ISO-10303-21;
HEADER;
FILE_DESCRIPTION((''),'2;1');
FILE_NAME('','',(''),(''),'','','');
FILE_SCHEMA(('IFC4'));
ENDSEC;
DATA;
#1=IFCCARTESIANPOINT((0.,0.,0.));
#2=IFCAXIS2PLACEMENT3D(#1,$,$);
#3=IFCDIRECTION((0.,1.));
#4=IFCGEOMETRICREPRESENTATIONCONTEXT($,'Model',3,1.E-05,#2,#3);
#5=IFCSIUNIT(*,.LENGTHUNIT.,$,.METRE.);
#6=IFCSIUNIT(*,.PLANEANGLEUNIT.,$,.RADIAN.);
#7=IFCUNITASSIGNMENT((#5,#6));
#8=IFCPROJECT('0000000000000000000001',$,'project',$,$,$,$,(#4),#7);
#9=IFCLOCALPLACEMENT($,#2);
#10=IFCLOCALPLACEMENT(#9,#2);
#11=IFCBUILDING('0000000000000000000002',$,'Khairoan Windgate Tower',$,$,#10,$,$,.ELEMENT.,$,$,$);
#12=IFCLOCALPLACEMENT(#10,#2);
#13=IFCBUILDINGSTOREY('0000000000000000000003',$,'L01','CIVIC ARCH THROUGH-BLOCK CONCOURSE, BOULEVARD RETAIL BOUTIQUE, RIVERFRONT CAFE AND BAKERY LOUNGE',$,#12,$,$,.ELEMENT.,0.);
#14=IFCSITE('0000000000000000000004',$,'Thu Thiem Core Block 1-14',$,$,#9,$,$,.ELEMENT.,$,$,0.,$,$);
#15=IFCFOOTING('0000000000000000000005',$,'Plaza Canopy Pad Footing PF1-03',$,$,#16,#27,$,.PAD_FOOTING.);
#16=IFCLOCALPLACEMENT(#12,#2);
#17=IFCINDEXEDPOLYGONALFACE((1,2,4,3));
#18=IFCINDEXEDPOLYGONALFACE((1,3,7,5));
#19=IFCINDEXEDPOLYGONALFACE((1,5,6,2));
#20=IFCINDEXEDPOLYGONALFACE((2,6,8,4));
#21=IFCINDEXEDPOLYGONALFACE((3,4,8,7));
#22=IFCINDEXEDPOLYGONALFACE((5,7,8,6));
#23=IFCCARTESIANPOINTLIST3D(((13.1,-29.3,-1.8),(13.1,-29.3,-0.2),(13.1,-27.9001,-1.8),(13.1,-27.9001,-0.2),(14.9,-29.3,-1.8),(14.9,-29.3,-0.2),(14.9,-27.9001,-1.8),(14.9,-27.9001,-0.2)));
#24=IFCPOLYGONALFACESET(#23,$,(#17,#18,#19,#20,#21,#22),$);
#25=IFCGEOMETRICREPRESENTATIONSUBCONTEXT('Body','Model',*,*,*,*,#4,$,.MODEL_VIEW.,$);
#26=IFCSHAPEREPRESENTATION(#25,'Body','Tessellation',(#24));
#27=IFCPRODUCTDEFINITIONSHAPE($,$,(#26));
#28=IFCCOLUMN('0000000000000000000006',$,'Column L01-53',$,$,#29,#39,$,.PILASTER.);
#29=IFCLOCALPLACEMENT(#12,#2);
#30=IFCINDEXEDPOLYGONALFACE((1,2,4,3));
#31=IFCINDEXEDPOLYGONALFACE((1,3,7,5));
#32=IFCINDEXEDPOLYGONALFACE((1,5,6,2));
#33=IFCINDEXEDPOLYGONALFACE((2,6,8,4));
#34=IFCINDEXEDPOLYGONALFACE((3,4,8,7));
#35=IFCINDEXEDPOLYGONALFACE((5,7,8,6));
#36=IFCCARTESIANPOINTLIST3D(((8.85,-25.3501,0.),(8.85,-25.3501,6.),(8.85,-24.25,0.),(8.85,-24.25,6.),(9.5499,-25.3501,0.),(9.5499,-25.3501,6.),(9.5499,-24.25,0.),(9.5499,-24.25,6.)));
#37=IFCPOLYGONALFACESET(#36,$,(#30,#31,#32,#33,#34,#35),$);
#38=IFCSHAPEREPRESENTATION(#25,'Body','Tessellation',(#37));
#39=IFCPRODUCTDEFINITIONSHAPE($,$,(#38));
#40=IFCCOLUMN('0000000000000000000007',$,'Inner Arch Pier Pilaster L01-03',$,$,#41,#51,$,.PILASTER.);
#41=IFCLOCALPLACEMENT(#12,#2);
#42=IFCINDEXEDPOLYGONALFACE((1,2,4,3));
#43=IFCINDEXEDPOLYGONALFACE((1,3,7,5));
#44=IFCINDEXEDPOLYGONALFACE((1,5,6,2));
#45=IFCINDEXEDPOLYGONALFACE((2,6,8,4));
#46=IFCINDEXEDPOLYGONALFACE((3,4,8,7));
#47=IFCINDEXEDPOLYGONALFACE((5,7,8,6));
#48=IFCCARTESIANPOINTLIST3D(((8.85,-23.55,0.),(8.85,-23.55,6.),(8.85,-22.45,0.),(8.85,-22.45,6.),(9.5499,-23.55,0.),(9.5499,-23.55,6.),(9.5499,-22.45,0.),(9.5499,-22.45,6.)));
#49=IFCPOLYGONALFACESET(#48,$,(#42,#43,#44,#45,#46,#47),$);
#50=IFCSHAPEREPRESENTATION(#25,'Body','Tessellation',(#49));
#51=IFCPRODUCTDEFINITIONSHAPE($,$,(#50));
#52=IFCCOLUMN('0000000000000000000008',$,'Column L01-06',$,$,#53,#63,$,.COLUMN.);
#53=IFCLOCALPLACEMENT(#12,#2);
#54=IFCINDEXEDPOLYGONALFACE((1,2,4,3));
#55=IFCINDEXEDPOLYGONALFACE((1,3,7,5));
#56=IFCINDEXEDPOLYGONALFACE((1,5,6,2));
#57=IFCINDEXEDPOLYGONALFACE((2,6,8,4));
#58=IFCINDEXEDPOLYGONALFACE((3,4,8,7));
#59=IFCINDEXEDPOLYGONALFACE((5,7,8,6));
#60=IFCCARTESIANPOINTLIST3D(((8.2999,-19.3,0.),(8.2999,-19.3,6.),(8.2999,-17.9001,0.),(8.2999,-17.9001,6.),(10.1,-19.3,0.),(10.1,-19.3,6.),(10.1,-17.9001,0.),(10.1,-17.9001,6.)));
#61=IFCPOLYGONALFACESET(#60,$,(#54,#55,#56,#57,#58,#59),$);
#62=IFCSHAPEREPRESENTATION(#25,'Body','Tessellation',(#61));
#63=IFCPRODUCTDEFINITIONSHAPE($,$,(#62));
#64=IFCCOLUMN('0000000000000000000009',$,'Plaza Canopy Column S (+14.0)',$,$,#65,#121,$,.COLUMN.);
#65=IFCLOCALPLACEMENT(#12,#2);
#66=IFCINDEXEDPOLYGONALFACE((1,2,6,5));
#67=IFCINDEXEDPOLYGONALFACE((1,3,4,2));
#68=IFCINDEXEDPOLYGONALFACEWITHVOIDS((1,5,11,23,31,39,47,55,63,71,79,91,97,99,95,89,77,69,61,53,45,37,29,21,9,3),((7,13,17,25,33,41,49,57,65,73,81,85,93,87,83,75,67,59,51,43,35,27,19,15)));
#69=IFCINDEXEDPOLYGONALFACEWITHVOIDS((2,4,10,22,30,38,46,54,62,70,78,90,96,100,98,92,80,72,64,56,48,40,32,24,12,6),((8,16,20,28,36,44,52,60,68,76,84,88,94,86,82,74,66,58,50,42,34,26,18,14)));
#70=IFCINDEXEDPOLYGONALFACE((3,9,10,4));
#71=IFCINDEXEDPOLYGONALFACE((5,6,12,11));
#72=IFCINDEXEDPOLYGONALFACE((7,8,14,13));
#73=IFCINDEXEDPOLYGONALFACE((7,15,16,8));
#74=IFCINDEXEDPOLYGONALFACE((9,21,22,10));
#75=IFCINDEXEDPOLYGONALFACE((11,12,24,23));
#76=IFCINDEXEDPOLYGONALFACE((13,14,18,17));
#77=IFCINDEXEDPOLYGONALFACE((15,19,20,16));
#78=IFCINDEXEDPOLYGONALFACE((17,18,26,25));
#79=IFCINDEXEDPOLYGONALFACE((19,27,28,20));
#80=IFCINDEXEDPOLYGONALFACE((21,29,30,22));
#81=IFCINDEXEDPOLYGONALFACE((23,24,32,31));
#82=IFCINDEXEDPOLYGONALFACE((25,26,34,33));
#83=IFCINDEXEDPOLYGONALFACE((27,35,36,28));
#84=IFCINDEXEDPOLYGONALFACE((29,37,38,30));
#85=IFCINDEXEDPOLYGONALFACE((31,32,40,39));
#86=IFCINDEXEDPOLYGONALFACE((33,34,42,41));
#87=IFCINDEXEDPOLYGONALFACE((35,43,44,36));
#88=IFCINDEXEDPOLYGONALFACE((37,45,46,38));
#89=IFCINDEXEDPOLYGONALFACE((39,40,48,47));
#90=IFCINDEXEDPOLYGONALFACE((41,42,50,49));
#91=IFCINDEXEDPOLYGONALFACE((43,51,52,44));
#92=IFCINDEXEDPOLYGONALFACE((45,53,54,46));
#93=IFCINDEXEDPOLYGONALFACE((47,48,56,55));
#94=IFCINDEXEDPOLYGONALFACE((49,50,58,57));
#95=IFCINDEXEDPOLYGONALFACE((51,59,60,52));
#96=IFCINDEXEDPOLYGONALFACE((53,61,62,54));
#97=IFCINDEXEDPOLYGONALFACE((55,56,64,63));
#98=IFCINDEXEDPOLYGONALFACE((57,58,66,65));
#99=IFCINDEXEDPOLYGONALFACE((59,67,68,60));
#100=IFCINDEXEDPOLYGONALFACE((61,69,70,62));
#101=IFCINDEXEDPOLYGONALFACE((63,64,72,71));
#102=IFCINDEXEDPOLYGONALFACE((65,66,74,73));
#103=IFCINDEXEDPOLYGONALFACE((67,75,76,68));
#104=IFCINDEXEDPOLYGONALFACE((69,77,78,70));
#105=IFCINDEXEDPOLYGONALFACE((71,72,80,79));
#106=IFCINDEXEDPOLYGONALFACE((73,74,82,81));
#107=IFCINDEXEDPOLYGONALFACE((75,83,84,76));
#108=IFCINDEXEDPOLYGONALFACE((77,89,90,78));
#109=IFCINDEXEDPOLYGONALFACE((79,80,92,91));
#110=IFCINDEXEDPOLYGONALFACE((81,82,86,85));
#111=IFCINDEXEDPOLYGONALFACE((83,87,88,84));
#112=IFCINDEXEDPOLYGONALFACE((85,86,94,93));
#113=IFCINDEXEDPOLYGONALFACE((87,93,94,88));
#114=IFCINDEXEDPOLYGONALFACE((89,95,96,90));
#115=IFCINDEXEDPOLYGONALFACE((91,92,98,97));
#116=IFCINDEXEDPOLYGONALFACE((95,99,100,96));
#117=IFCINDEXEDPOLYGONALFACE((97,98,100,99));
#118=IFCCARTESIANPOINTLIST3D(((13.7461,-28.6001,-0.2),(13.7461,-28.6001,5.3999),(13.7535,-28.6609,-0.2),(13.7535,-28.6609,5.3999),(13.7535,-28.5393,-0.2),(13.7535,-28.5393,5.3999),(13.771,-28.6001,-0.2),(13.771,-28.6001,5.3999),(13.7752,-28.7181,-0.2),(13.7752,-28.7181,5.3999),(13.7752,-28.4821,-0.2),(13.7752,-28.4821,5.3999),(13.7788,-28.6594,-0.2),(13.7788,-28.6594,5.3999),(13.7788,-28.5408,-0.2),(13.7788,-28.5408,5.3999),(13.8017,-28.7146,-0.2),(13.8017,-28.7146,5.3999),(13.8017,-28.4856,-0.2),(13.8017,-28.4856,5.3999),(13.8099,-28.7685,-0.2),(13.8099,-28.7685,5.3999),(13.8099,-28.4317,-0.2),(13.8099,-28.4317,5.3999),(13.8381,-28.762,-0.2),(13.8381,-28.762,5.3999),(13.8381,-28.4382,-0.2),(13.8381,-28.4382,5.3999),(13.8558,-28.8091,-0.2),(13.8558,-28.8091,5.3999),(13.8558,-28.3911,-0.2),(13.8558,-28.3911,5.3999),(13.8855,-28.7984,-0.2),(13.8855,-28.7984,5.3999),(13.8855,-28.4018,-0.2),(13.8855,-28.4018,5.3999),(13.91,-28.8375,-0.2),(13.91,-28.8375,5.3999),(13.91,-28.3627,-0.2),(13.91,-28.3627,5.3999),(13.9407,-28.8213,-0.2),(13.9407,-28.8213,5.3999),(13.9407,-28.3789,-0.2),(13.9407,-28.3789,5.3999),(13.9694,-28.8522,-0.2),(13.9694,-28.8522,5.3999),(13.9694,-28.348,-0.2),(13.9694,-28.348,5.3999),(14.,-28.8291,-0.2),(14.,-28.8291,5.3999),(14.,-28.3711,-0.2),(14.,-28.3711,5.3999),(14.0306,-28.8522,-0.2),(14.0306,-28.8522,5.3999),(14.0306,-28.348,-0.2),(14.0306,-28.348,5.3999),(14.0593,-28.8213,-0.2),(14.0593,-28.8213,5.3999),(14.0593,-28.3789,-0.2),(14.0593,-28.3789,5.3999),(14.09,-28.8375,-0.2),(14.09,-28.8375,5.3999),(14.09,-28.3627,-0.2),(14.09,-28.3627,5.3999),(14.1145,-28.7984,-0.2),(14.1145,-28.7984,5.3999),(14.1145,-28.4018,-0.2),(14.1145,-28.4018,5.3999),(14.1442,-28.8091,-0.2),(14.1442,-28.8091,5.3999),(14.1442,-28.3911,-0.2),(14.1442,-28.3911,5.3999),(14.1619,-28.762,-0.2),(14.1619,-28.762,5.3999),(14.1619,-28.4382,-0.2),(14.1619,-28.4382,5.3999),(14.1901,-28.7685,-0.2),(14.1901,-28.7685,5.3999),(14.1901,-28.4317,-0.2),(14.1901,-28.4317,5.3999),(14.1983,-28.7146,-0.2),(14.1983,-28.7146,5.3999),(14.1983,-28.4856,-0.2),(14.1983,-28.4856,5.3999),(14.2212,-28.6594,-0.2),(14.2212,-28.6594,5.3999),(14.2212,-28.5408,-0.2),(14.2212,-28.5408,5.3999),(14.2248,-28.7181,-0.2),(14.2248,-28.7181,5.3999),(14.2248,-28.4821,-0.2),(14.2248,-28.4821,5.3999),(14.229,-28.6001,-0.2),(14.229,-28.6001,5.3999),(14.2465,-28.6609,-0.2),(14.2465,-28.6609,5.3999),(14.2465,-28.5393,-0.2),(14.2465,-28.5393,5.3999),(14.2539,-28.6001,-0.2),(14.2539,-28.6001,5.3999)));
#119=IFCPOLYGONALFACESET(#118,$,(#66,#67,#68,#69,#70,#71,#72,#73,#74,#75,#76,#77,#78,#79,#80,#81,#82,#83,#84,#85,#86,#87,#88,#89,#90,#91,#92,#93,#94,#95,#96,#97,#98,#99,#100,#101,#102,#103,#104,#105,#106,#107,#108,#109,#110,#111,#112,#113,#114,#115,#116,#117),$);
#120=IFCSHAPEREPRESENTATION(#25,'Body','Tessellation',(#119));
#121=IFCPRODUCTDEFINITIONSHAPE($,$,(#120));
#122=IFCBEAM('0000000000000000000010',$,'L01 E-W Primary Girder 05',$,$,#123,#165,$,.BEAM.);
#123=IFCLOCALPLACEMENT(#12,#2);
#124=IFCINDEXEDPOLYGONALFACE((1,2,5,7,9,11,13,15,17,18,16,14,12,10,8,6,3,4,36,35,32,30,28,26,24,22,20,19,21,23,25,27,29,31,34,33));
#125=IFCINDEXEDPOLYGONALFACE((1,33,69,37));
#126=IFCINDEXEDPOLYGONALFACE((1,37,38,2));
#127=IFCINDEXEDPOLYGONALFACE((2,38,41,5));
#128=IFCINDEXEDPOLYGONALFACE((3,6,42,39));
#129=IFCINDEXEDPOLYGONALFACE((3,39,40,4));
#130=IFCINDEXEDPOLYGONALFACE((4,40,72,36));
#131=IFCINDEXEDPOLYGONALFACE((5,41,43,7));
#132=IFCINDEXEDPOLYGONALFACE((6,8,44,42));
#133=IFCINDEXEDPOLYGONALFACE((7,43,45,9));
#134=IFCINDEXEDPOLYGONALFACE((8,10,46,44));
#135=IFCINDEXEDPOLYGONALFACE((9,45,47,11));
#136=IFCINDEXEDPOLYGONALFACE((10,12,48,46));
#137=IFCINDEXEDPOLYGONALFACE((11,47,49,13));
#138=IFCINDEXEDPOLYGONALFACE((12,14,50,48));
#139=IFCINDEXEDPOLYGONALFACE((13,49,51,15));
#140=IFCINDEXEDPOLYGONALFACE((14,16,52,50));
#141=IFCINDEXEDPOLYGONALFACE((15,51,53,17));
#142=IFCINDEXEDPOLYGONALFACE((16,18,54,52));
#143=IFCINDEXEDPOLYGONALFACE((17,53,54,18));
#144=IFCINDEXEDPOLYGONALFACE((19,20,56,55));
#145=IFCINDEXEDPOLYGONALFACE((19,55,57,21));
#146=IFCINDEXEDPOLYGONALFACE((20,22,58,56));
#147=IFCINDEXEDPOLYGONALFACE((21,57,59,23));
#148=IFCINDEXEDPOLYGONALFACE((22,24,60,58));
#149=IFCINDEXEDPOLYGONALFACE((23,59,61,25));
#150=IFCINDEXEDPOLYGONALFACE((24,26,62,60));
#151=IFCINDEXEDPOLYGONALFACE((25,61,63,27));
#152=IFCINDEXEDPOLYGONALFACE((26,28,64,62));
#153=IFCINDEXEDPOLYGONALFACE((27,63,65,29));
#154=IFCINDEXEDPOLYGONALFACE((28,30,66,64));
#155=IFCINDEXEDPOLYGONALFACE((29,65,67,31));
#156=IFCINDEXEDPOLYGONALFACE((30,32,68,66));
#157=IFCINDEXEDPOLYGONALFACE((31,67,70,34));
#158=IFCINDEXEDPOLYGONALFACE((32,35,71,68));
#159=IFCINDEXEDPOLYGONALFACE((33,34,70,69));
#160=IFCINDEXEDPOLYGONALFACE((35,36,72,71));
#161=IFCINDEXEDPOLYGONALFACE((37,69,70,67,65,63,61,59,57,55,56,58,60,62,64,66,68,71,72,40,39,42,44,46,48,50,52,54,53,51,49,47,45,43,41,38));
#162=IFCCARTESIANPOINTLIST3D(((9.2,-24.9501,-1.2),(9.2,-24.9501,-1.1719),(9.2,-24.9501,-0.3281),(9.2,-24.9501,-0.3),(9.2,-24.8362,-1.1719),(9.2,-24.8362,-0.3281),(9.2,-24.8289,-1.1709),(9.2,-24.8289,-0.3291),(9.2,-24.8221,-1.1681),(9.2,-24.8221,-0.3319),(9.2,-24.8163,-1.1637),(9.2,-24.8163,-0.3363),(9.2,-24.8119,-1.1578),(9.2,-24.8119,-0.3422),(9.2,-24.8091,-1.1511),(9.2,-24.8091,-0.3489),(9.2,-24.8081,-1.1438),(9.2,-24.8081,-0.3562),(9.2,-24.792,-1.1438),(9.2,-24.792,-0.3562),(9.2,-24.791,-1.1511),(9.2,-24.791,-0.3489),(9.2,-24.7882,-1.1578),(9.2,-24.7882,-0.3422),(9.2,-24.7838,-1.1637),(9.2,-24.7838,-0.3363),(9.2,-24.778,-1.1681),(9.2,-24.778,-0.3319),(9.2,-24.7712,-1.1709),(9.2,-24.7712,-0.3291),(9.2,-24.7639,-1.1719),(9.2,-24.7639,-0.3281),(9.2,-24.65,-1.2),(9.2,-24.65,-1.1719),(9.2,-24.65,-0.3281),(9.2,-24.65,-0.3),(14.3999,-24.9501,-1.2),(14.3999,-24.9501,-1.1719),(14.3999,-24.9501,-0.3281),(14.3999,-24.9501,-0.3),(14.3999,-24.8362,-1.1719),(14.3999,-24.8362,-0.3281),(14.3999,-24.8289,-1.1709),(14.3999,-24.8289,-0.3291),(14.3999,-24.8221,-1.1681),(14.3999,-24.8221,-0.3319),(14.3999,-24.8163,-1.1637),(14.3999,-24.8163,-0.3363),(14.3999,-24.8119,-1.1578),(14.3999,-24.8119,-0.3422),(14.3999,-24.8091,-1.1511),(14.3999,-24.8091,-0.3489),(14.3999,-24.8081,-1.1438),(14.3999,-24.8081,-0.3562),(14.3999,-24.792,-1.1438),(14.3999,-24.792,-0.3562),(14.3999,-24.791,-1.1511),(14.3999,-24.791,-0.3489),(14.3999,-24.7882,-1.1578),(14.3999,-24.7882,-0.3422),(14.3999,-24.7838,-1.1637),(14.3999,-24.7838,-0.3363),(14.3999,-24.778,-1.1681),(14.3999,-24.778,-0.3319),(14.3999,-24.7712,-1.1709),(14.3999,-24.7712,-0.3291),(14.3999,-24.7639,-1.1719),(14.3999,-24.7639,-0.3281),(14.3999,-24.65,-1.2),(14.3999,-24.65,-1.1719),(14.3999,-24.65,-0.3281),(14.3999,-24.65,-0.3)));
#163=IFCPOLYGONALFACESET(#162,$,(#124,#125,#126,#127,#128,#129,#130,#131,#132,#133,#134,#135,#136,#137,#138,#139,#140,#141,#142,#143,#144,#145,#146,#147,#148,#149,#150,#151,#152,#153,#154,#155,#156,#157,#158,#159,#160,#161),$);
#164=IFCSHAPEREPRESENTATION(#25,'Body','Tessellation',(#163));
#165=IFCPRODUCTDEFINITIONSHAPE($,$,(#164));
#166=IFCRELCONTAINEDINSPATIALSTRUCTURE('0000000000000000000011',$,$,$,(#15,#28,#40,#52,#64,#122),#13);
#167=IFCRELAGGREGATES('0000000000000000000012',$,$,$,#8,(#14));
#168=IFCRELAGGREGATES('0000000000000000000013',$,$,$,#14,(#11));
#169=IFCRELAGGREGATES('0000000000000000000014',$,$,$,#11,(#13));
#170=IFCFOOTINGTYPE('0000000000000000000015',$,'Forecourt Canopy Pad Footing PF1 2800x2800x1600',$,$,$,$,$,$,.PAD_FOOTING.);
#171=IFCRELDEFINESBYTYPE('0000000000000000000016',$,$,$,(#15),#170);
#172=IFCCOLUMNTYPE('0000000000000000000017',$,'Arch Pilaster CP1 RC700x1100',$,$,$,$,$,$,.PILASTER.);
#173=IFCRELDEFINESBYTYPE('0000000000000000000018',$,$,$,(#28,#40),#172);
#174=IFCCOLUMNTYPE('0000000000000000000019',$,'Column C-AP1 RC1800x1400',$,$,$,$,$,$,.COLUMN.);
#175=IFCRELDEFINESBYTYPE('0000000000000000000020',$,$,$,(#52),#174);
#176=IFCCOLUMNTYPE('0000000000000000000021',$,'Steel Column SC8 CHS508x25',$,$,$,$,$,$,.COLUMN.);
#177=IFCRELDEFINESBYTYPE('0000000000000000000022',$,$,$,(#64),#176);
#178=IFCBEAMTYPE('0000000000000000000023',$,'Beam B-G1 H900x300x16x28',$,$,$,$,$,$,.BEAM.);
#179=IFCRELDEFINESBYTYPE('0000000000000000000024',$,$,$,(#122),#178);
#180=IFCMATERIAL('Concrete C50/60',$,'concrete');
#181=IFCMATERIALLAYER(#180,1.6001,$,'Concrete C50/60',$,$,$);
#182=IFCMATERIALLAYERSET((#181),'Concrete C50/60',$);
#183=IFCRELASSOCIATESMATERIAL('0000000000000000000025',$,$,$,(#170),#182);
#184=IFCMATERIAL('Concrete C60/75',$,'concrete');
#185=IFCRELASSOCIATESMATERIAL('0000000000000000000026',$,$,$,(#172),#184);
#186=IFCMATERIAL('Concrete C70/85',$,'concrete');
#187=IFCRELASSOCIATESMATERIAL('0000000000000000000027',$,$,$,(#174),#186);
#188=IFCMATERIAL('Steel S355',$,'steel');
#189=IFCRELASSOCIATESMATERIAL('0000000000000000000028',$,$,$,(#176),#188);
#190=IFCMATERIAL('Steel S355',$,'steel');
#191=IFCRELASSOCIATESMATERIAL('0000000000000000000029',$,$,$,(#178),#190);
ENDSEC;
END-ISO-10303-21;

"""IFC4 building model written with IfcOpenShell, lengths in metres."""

from ifc_helpers import new_model, si_unit, direction, frame, origin, origin_2d, place, context, subcontext, project, spatial, rectangle, hollow_circle, i_section, extrude, material, layer, layer_set, material_profile, profile_set, type_object, element, save


model = new_model("IFC4")

# Units and contexts
model_context = context("Model", 3, precision=1e-05, world=origin(), true_north=direction((0.0, 1.0)))
body_context = subcontext(model_context, "Body", "Model", "MODEL_VIEW")
ifc_project = project(units=[si_unit("LENGTHUNIT", "METRE"), si_unit("PLANEANGLEUNIT", "RADIAN")], contexts=[model_context])

# Site, building, storey
site_placement = place(None, origin())
site = spatial("IfcSite", under=ifc_project, at=site_placement, Name="Thu Thiem Core Block 1-14", CompositionType="ELEMENT", RefElevation=0.0)
building_placement = place(site_placement, origin())
building = spatial("IfcBuilding", under=site, at=building_placement, Name="Khairoan Windgate Tower", CompositionType="ELEMENT")
storey_placement = place(building_placement, origin())
storey = spatial("IfcBuildingStorey", under=building, at=storey_placement, Name="L01", Description="CIVIC ARCH THROUGH-BLOCK CONCOURSE, BOULEVARD RETAIL BOUTIQUE, RIVERFRONT CAFE AND BAKERY LOUNGE", CompositionType="ELEMENT", Elevation=0.0)

# Footing
ifc_material_1 = material(Name="Concrete C50/60", Category="concrete")
ifc_layer_1 = layer(ifc_material_1, 1.6001, Name="Concrete C50/60")
ifc_layer_set_1 = layer_set([ifc_layer_1], Name="Concrete C50/60")
footing_type = type_object("IfcFootingType", Name="Forecourt Canopy Pad Footing PF1 2800x2800x1600", PredefinedType="PAD_FOOTING", material=ifc_layer_set_1)
footing_placement = place(storey_placement, frame((14.0, -28.6001, -1.8), z_axis=(0.0, 0.0, 1.0), x_axis=(1.0, 0.0, 0.0)))
element("IfcFooting", 1, at=footing_placement, inside=storey, type_object=footing_type, Name="Plaza Canopy Pad Footing PF1-03", PredefinedType="PAD_FOOTING", context=body_context, shape_type="SweptSolid", body=[
    extrude(rectangle(XDim=1.8, YDim=1.3999, at=origin_2d()), origin(), (0.0, 0.0, 1.0), 1.6001),
])

# Columns
ifc_material_2 = material(Name="Concrete C60/75", Category="concrete")
ifc_material_profile_1 = material_profile(ifc_material_2, rectangle(XDim=0.7, YDim=1.1001, at=origin_2d()))
ifc_profile_set_1 = profile_set([ifc_material_profile_1], Name="Concrete C60/75")
column_type_1 = type_object("IfcColumnType", Name="Arch Pilaster CP1 RC700x1100", PredefinedType="PILASTER", material=ifc_profile_set_1)
for number, where, z_axis, x_axis, name in (
    (2, (9.2, -24.8, 0.0), (0.0, 0.0, 1.0), (1.0, 0.0, 0.0), "Column L01-53"),
    (3, (9.2, -23.0, 0.0), (0.0, 0.0, 1.0), (1.0, 0.0, 0.0), "Inner Arch Pier Pilaster L01-03"),
):
    element("IfcColumn", number, at=place(storey_placement, frame(where, z_axis=z_axis, x_axis=x_axis)), inside=storey, type_object=column_type_1, Name=name, PredefinedType="PILASTER", context=body_context, shape_type="SweptSolid", body=[
        extrude(rectangle(XDim=0.7, YDim=1.1001, at=origin_2d()), origin(), (0.0, 0.0, 1.0), 6.0),
    ])
ifc_material_3 = material(Name="Concrete C70/85", Category="concrete")
ifc_material_profile_2 = material_profile(ifc_material_3, rectangle(XDim=1.8, YDim=1.3999, at=origin_2d()))
ifc_profile_set_2 = profile_set([ifc_material_profile_2], Name="Concrete C70/85")
column_type_2 = type_object("IfcColumnType", Name="Column C-AP1 RC1800x1400", PredefinedType="COLUMN", material=ifc_profile_set_2)
column_1_placement = place(storey_placement, frame((9.2, -18.6001, 0.0), z_axis=(0.0, 0.0, 1.0), x_axis=(1.0, 0.0, 0.0)))
element("IfcColumn", 4, at=column_1_placement, inside=storey, type_object=column_type_2, Name="Column L01-06", PredefinedType="COLUMN", context=body_context, shape_type="SweptSolid", body=[
    extrude(rectangle(XDim=1.8, YDim=1.3999, at=origin_2d()), origin(), (0.0, 0.0, 1.0), 6.0),
])
ifc_material_4 = material(Name="Steel S355", Category="steel")
ifc_material_profile_3 = material_profile(ifc_material_4, hollow_circle(Radius=0.2539, WallThickness=0.0249, at=origin_2d()))
ifc_profile_set_3 = profile_set([ifc_material_profile_3], Name="Steel S355")
column_type_3 = type_object("IfcColumnType", Name="Steel Column SC8 CHS508x25", PredefinedType="COLUMN", material=ifc_profile_set_3)
column_2_placement = place(storey_placement, frame((14.0, -28.6001, -0.2), z_axis=(0.0, 0.0, 1.0), x_axis=(1.0, 0.0, 0.0)))
element("IfcColumn", 5, at=column_2_placement, inside=storey, type_object=column_type_3, Name="Plaza Canopy Column S (+14.0)", PredefinedType="COLUMN", context=body_context, shape_type="SweptSolid", body=[
    extrude(hollow_circle(Radius=0.2539, WallThickness=0.0249, at=origin_2d()), origin(), (0.0, 0.0, 1.0), 5.5999),
])

# Beam
ifc_material_5 = material(Name="Steel S355", Category="steel")
ifc_material_profile_4 = material_profile(ifc_material_5, i_section(OverallWidth=0.3, OverallDepth=0.8999, WebThickness=0.0161, FlangeThickness=0.0281, FilletRadius=0.0281, at=origin_2d()))
ifc_profile_set_4 = profile_set([ifc_material_profile_4], Name="Steel S355")
beam_type_1 = type_object("IfcBeamType", Name="Beam B-G1 H900x300x16x28", PredefinedType="BEAM", material=ifc_profile_set_4)
beam_1_placement = place(storey_placement, frame((9.2, -24.8, -0.75), z_axis=(1.0, 0.0, 0.0), x_axis=(0.0, 1.0, 0.0)))
element("IfcBeam", 6, at=beam_1_placement, inside=storey, type_object=beam_type_1, Name="L01 E-W Primary Girder 05", PredefinedType="BEAM", context=body_context, shape_type="SweptSolid", body=[
    extrude(i_section(OverallWidth=0.3, OverallDepth=0.8999, WebThickness=0.0161, FlangeThickness=0.0281, FilletRadius=0.0281, at=origin_2d()), origin(), (0.0, 0.0, 1.0), 5.2),
])

save(model, "model.ifc")
